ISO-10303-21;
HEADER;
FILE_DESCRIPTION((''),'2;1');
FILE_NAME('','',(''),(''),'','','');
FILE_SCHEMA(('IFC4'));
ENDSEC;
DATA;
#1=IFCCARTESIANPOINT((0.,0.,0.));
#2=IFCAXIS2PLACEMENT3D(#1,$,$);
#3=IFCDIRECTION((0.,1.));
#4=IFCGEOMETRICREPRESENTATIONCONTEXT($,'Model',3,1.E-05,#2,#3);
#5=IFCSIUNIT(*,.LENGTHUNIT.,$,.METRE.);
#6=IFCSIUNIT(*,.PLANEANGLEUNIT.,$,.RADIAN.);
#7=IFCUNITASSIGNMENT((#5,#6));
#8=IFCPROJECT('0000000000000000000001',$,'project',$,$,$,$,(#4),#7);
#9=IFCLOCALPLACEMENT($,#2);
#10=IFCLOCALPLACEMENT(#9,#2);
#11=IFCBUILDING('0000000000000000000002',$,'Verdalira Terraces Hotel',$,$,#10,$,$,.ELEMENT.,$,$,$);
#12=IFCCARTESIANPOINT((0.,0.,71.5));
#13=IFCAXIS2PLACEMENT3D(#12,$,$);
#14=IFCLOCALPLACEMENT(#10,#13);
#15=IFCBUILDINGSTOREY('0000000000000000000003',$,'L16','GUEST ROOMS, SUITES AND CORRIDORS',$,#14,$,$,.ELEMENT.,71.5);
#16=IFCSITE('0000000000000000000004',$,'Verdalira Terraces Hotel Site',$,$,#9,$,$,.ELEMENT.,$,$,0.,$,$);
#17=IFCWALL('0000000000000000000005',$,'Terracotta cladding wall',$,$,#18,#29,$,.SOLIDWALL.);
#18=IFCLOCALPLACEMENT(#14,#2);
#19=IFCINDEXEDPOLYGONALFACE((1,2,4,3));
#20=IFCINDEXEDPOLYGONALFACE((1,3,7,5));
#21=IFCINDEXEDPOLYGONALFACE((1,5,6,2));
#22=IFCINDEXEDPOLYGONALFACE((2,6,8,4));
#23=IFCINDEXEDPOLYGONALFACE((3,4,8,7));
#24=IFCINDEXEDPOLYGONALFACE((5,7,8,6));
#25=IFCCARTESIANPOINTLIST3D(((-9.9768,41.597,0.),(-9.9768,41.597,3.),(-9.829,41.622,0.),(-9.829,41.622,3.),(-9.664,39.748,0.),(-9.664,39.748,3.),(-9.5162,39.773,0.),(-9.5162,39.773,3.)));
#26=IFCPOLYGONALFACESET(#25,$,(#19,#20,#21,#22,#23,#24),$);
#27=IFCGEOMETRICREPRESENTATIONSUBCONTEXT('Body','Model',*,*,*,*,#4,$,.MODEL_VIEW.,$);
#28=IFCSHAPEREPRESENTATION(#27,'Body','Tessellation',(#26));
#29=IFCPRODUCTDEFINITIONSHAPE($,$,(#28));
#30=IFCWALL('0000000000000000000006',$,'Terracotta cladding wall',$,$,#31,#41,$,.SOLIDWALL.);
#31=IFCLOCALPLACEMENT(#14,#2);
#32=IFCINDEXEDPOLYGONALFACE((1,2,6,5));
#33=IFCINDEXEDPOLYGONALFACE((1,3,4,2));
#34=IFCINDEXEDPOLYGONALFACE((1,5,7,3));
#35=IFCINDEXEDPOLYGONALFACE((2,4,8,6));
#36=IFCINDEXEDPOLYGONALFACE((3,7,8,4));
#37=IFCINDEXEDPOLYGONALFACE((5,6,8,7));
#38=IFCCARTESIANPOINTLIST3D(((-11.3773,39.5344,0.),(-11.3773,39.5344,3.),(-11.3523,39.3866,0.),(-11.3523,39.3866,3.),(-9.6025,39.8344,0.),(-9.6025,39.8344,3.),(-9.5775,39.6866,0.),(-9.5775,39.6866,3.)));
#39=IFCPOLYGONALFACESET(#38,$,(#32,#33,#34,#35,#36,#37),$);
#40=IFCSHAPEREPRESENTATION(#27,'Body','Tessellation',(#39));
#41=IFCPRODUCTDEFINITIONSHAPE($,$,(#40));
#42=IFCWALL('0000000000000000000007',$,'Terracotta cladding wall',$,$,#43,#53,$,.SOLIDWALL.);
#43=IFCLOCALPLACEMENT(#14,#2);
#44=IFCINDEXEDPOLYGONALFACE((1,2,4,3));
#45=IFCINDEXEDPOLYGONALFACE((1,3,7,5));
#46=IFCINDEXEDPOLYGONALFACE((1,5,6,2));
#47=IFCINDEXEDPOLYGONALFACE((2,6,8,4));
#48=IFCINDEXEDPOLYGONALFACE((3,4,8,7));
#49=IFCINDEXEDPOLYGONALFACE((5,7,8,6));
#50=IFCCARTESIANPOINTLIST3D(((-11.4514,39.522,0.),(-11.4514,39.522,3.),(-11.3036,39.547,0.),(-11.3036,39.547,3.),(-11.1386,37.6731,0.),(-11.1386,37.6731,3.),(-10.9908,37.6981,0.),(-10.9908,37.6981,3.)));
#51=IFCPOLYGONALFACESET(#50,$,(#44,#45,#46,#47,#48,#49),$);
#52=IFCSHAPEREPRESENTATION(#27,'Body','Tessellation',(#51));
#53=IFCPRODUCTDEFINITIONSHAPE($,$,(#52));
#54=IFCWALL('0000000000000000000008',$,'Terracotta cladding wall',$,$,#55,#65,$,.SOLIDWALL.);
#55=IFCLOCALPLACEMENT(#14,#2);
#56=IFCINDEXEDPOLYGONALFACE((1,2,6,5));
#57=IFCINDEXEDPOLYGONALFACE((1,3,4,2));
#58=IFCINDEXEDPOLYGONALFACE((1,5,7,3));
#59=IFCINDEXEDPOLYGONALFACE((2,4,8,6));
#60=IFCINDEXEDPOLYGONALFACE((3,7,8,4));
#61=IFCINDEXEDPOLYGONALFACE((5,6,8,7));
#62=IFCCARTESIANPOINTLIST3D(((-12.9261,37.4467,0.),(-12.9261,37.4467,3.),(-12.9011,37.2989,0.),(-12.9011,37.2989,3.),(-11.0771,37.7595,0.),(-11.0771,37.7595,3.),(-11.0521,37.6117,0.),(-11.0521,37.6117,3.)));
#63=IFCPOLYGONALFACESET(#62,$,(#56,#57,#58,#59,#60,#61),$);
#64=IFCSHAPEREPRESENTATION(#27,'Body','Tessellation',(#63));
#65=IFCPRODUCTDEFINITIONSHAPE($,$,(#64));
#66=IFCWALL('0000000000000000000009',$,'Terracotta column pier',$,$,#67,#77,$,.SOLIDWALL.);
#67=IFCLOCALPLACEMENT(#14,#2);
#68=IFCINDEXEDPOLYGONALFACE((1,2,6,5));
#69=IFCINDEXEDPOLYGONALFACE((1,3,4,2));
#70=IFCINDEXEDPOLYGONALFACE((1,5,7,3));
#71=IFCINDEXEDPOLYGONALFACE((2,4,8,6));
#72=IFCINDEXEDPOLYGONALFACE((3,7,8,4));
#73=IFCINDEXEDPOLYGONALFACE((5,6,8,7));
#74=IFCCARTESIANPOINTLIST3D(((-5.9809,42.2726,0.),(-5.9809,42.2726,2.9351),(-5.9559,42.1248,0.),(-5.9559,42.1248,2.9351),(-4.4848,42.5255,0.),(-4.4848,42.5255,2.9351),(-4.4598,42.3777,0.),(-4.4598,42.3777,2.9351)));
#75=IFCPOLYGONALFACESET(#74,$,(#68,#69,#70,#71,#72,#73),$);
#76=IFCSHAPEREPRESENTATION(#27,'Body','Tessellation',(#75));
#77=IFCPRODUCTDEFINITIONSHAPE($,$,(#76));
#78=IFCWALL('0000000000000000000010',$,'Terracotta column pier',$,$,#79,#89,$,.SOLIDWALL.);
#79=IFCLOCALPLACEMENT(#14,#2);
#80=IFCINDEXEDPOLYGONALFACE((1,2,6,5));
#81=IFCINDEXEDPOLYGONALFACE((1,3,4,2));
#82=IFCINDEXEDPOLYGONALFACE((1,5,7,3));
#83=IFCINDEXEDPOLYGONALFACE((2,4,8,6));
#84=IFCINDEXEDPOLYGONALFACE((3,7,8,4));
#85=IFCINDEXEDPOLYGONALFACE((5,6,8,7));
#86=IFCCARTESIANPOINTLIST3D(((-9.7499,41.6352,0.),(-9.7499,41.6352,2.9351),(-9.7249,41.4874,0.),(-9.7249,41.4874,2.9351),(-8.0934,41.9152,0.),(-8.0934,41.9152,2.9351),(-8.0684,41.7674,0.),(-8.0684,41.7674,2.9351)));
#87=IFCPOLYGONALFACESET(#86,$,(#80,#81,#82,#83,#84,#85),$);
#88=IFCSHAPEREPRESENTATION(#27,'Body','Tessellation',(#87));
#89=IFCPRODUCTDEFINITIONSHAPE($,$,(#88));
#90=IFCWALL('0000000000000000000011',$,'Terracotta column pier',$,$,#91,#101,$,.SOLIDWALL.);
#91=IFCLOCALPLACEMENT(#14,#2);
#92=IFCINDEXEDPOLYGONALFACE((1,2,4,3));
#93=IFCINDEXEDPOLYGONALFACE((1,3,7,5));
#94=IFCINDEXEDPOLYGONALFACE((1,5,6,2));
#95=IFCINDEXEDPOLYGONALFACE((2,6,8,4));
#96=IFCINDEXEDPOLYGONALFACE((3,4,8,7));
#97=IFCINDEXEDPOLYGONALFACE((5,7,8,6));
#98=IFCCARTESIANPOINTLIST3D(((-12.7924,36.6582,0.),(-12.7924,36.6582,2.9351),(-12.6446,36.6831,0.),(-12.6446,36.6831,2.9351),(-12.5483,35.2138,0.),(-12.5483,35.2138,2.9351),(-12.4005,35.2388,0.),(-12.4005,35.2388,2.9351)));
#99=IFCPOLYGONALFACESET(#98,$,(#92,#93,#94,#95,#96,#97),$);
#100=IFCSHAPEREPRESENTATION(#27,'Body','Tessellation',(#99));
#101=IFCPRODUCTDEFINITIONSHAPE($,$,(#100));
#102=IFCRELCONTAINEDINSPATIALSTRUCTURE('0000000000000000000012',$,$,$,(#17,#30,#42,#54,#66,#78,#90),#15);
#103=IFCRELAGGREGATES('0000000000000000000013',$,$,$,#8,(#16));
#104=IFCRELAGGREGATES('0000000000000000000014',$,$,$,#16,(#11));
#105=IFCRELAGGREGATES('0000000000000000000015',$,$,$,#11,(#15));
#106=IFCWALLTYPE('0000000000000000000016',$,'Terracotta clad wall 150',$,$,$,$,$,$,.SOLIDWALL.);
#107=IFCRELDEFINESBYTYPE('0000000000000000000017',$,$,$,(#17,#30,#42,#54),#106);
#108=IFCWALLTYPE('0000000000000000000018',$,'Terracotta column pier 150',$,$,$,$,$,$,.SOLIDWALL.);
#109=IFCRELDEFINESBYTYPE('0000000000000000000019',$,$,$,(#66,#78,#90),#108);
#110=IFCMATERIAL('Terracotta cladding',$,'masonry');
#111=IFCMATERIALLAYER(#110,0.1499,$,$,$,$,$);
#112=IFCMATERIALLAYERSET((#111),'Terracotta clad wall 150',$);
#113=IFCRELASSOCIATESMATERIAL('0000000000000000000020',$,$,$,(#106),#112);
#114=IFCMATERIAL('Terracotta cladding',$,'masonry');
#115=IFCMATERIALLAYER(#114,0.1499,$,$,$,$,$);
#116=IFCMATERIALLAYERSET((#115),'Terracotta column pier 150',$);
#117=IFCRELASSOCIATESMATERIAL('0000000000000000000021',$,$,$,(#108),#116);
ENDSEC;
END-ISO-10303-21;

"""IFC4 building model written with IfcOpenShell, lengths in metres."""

from ifc_helpers import new_model, si_unit, direction, frame, frame_2d, origin, place, context, subcontext, project, spatial, rectangle, extrude, material, layer, layer_set, type_object, element, save


model = new_model("IFC4")

# Units and contexts
model_context = context("Model", 3, precision=1e-05, world=origin(), true_north=direction((0.0, 1.0)))
body_context = subcontext(model_context, "Body", "Model", "MODEL_VIEW")
ifc_project = project(units=[si_unit("LENGTHUNIT", "METRE"), si_unit("PLANEANGLEUNIT", "RADIAN")], contexts=[model_context])

# Site, building, storey
site_placement = place(None, origin())
site = spatial("IfcSite", under=ifc_project, at=site_placement, Name="Verdalira Terraces Hotel Site", CompositionType="ELEMENT", RefElevation=0.0)
building_placement = place(site_placement, origin())
building = spatial("IfcBuilding", under=site, at=building_placement, Name="Verdalira Terraces Hotel", CompositionType="ELEMENT")
storey_placement = place(building_placement, frame((0.0, 0.0, 71.5)))
storey = spatial("IfcBuildingStorey", under=building, at=storey_placement, Name="L16", Description="GUEST ROOMS, SUITES AND CORRIDORS", CompositionType="ELEMENT", Elevation=71.5)

# Walls
ifc_material_1 = material(Name="Terracotta cladding", Category="masonry")
ifc_layer_1 = layer(ifc_material_1, 0.1499)
ifc_layer_set_1 = layer_set([ifc_layer_1], Name="Terracotta clad wall 150")
wall_type_1 = type_object("IfcWallType", Name="Terracotta clad wall 150", PredefinedType="SOLIDWALL", material=ifc_layer_set_1)
wall_1_placement = place(storey_placement, frame((-9.9028, 41.6094, 0.0), z_axis=(0.0, 0.0, 1.0), x_axis=(0.166784, -0.985993, 0.0)))
element("IfcWall", 1, at=wall_1_placement, inside=storey, type_object=wall_type_1, Name="Terracotta cladding wall", PredefinedType="SOLIDWALL", context=body_context, shape_type="SweptSolid", body=[
    extrude(rectangle(XDim=1.8752, YDim=0.1499, at=frame_2d((0.9375, 0.0))), origin(), (0.0, 0.0, 1.0), 3.0),
])
wall_2_placement = place(storey_placement, frame((-9.5901, 39.7605, 0.0), z_axis=(0.0, 0.0, 1.0), x_axis=(-0.98601, -0.166686, 0.0)))
element("IfcWall", 2, at=wall_2_placement, inside=storey, type_object=wall_type_1, Name="Terracotta cladding wall", PredefinedType="SOLIDWALL", context=body_context, shape_type="SweptSolid", body=[
    extrude(rectangle(XDim=1.8, YDim=0.1499, at=frame_2d((0.8999, 0.0))), origin(), (0.0, 0.0, 1.0), 3.0),
])
for number, where, z_axis, x_axis, name in (
    (3, (-11.3774, 39.5344, 0.0), (0.0, 0.0, 1.0), (0.166784, -0.985993, 0.0), "Terracotta cladding wall"),
    (4, (-11.0647, 37.6855, 0.0), (0.0, 0.0, 1.0), (-0.985993, -0.166784, 0.0), "Terracotta cladding wall"),
):
    element("IfcWall", number, at=place(storey_placement, frame(where, z_axis=z_axis, x_axis=x_axis)), inside=storey, type_object=wall_type_1, Name=name, PredefinedType="SOLIDWALL", context=body_context, shape_type="SweptSolid", body=[
        extrude(rectangle(XDim=1.8752, YDim=0.1499, at=frame_2d((0.9375, 0.0))), origin(), (0.0, 0.0, 1.0), 3.0),
    ])
ifc_material_2 = material(Name="Terracotta cladding", Category="masonry")
ifc_layer_2 = layer(ifc_material_2, 0.1499)
ifc_layer_set_2 = layer_set([ifc_layer_2], Name="Terracotta column pier 150")
wall_type_2 = type_object("IfcWallType", Name="Terracotta column pier 150", PredefinedType="SOLIDWALL", material=ifc_layer_set_2)
wall_3_placement = place(storey_placement, frame((-4.4722, 42.4517, 0.0), z_axis=(0.0, 0.0, 1.0), x_axis=(-0.986009, -0.166695, 0.0)))
element("IfcWall", 5, at=wall_3_placement, inside=storey, type_object=wall_type_2, Name="Terracotta column pier", PredefinedType="SOLIDWALL", context=body_context, shape_type="SweptSolid", body=[
    extrude(rectangle(XDim=1.5173, YDim=0.1499, at=frame_2d((0.7588, 0.0))), origin(), (0.0, 0.0, 1.0), 2.9351),
])
wall_4_placement = place(storey_placement, frame((-8.0811, 41.8413, 0.0), z_axis=(0.0, 0.0, 1.0), x_axis=(-0.98601, -0.166684, 0.0)))
element("IfcWall", 6, at=wall_4_placement, inside=storey, type_object=wall_type_2, Name="Terracotta column pier", PredefinedType="SOLIDWALL", context=body_context, shape_type="SweptSolid", body=[
    extrude(rectangle(XDim=1.6799, YDim=0.1499, at=frame_2d((0.8398, 0.0))), origin(), (0.0, 0.0, 1.0), 2.9351),
])
wall_5_placement = place(storey_placement, frame((-12.7185, 36.6707, 0.0), z_axis=(0.0, 0.0, 1.0), x_axis=(0.166669, -0.986013, 0.0)))
element("IfcWall", 7, at=wall_5_placement, inside=storey, type_object=wall_type_2, Name="Terracotta column pier", PredefinedType="SOLIDWALL", context=body_context, shape_type="SweptSolid", body=[
    extrude(rectangle(XDim=1.4648, YDim=0.1499, at=frame_2d((0.7324, 0.0))), origin(), (0.0, 0.0, 1.0), 2.9351),
])

save(model, "model.ifc")
